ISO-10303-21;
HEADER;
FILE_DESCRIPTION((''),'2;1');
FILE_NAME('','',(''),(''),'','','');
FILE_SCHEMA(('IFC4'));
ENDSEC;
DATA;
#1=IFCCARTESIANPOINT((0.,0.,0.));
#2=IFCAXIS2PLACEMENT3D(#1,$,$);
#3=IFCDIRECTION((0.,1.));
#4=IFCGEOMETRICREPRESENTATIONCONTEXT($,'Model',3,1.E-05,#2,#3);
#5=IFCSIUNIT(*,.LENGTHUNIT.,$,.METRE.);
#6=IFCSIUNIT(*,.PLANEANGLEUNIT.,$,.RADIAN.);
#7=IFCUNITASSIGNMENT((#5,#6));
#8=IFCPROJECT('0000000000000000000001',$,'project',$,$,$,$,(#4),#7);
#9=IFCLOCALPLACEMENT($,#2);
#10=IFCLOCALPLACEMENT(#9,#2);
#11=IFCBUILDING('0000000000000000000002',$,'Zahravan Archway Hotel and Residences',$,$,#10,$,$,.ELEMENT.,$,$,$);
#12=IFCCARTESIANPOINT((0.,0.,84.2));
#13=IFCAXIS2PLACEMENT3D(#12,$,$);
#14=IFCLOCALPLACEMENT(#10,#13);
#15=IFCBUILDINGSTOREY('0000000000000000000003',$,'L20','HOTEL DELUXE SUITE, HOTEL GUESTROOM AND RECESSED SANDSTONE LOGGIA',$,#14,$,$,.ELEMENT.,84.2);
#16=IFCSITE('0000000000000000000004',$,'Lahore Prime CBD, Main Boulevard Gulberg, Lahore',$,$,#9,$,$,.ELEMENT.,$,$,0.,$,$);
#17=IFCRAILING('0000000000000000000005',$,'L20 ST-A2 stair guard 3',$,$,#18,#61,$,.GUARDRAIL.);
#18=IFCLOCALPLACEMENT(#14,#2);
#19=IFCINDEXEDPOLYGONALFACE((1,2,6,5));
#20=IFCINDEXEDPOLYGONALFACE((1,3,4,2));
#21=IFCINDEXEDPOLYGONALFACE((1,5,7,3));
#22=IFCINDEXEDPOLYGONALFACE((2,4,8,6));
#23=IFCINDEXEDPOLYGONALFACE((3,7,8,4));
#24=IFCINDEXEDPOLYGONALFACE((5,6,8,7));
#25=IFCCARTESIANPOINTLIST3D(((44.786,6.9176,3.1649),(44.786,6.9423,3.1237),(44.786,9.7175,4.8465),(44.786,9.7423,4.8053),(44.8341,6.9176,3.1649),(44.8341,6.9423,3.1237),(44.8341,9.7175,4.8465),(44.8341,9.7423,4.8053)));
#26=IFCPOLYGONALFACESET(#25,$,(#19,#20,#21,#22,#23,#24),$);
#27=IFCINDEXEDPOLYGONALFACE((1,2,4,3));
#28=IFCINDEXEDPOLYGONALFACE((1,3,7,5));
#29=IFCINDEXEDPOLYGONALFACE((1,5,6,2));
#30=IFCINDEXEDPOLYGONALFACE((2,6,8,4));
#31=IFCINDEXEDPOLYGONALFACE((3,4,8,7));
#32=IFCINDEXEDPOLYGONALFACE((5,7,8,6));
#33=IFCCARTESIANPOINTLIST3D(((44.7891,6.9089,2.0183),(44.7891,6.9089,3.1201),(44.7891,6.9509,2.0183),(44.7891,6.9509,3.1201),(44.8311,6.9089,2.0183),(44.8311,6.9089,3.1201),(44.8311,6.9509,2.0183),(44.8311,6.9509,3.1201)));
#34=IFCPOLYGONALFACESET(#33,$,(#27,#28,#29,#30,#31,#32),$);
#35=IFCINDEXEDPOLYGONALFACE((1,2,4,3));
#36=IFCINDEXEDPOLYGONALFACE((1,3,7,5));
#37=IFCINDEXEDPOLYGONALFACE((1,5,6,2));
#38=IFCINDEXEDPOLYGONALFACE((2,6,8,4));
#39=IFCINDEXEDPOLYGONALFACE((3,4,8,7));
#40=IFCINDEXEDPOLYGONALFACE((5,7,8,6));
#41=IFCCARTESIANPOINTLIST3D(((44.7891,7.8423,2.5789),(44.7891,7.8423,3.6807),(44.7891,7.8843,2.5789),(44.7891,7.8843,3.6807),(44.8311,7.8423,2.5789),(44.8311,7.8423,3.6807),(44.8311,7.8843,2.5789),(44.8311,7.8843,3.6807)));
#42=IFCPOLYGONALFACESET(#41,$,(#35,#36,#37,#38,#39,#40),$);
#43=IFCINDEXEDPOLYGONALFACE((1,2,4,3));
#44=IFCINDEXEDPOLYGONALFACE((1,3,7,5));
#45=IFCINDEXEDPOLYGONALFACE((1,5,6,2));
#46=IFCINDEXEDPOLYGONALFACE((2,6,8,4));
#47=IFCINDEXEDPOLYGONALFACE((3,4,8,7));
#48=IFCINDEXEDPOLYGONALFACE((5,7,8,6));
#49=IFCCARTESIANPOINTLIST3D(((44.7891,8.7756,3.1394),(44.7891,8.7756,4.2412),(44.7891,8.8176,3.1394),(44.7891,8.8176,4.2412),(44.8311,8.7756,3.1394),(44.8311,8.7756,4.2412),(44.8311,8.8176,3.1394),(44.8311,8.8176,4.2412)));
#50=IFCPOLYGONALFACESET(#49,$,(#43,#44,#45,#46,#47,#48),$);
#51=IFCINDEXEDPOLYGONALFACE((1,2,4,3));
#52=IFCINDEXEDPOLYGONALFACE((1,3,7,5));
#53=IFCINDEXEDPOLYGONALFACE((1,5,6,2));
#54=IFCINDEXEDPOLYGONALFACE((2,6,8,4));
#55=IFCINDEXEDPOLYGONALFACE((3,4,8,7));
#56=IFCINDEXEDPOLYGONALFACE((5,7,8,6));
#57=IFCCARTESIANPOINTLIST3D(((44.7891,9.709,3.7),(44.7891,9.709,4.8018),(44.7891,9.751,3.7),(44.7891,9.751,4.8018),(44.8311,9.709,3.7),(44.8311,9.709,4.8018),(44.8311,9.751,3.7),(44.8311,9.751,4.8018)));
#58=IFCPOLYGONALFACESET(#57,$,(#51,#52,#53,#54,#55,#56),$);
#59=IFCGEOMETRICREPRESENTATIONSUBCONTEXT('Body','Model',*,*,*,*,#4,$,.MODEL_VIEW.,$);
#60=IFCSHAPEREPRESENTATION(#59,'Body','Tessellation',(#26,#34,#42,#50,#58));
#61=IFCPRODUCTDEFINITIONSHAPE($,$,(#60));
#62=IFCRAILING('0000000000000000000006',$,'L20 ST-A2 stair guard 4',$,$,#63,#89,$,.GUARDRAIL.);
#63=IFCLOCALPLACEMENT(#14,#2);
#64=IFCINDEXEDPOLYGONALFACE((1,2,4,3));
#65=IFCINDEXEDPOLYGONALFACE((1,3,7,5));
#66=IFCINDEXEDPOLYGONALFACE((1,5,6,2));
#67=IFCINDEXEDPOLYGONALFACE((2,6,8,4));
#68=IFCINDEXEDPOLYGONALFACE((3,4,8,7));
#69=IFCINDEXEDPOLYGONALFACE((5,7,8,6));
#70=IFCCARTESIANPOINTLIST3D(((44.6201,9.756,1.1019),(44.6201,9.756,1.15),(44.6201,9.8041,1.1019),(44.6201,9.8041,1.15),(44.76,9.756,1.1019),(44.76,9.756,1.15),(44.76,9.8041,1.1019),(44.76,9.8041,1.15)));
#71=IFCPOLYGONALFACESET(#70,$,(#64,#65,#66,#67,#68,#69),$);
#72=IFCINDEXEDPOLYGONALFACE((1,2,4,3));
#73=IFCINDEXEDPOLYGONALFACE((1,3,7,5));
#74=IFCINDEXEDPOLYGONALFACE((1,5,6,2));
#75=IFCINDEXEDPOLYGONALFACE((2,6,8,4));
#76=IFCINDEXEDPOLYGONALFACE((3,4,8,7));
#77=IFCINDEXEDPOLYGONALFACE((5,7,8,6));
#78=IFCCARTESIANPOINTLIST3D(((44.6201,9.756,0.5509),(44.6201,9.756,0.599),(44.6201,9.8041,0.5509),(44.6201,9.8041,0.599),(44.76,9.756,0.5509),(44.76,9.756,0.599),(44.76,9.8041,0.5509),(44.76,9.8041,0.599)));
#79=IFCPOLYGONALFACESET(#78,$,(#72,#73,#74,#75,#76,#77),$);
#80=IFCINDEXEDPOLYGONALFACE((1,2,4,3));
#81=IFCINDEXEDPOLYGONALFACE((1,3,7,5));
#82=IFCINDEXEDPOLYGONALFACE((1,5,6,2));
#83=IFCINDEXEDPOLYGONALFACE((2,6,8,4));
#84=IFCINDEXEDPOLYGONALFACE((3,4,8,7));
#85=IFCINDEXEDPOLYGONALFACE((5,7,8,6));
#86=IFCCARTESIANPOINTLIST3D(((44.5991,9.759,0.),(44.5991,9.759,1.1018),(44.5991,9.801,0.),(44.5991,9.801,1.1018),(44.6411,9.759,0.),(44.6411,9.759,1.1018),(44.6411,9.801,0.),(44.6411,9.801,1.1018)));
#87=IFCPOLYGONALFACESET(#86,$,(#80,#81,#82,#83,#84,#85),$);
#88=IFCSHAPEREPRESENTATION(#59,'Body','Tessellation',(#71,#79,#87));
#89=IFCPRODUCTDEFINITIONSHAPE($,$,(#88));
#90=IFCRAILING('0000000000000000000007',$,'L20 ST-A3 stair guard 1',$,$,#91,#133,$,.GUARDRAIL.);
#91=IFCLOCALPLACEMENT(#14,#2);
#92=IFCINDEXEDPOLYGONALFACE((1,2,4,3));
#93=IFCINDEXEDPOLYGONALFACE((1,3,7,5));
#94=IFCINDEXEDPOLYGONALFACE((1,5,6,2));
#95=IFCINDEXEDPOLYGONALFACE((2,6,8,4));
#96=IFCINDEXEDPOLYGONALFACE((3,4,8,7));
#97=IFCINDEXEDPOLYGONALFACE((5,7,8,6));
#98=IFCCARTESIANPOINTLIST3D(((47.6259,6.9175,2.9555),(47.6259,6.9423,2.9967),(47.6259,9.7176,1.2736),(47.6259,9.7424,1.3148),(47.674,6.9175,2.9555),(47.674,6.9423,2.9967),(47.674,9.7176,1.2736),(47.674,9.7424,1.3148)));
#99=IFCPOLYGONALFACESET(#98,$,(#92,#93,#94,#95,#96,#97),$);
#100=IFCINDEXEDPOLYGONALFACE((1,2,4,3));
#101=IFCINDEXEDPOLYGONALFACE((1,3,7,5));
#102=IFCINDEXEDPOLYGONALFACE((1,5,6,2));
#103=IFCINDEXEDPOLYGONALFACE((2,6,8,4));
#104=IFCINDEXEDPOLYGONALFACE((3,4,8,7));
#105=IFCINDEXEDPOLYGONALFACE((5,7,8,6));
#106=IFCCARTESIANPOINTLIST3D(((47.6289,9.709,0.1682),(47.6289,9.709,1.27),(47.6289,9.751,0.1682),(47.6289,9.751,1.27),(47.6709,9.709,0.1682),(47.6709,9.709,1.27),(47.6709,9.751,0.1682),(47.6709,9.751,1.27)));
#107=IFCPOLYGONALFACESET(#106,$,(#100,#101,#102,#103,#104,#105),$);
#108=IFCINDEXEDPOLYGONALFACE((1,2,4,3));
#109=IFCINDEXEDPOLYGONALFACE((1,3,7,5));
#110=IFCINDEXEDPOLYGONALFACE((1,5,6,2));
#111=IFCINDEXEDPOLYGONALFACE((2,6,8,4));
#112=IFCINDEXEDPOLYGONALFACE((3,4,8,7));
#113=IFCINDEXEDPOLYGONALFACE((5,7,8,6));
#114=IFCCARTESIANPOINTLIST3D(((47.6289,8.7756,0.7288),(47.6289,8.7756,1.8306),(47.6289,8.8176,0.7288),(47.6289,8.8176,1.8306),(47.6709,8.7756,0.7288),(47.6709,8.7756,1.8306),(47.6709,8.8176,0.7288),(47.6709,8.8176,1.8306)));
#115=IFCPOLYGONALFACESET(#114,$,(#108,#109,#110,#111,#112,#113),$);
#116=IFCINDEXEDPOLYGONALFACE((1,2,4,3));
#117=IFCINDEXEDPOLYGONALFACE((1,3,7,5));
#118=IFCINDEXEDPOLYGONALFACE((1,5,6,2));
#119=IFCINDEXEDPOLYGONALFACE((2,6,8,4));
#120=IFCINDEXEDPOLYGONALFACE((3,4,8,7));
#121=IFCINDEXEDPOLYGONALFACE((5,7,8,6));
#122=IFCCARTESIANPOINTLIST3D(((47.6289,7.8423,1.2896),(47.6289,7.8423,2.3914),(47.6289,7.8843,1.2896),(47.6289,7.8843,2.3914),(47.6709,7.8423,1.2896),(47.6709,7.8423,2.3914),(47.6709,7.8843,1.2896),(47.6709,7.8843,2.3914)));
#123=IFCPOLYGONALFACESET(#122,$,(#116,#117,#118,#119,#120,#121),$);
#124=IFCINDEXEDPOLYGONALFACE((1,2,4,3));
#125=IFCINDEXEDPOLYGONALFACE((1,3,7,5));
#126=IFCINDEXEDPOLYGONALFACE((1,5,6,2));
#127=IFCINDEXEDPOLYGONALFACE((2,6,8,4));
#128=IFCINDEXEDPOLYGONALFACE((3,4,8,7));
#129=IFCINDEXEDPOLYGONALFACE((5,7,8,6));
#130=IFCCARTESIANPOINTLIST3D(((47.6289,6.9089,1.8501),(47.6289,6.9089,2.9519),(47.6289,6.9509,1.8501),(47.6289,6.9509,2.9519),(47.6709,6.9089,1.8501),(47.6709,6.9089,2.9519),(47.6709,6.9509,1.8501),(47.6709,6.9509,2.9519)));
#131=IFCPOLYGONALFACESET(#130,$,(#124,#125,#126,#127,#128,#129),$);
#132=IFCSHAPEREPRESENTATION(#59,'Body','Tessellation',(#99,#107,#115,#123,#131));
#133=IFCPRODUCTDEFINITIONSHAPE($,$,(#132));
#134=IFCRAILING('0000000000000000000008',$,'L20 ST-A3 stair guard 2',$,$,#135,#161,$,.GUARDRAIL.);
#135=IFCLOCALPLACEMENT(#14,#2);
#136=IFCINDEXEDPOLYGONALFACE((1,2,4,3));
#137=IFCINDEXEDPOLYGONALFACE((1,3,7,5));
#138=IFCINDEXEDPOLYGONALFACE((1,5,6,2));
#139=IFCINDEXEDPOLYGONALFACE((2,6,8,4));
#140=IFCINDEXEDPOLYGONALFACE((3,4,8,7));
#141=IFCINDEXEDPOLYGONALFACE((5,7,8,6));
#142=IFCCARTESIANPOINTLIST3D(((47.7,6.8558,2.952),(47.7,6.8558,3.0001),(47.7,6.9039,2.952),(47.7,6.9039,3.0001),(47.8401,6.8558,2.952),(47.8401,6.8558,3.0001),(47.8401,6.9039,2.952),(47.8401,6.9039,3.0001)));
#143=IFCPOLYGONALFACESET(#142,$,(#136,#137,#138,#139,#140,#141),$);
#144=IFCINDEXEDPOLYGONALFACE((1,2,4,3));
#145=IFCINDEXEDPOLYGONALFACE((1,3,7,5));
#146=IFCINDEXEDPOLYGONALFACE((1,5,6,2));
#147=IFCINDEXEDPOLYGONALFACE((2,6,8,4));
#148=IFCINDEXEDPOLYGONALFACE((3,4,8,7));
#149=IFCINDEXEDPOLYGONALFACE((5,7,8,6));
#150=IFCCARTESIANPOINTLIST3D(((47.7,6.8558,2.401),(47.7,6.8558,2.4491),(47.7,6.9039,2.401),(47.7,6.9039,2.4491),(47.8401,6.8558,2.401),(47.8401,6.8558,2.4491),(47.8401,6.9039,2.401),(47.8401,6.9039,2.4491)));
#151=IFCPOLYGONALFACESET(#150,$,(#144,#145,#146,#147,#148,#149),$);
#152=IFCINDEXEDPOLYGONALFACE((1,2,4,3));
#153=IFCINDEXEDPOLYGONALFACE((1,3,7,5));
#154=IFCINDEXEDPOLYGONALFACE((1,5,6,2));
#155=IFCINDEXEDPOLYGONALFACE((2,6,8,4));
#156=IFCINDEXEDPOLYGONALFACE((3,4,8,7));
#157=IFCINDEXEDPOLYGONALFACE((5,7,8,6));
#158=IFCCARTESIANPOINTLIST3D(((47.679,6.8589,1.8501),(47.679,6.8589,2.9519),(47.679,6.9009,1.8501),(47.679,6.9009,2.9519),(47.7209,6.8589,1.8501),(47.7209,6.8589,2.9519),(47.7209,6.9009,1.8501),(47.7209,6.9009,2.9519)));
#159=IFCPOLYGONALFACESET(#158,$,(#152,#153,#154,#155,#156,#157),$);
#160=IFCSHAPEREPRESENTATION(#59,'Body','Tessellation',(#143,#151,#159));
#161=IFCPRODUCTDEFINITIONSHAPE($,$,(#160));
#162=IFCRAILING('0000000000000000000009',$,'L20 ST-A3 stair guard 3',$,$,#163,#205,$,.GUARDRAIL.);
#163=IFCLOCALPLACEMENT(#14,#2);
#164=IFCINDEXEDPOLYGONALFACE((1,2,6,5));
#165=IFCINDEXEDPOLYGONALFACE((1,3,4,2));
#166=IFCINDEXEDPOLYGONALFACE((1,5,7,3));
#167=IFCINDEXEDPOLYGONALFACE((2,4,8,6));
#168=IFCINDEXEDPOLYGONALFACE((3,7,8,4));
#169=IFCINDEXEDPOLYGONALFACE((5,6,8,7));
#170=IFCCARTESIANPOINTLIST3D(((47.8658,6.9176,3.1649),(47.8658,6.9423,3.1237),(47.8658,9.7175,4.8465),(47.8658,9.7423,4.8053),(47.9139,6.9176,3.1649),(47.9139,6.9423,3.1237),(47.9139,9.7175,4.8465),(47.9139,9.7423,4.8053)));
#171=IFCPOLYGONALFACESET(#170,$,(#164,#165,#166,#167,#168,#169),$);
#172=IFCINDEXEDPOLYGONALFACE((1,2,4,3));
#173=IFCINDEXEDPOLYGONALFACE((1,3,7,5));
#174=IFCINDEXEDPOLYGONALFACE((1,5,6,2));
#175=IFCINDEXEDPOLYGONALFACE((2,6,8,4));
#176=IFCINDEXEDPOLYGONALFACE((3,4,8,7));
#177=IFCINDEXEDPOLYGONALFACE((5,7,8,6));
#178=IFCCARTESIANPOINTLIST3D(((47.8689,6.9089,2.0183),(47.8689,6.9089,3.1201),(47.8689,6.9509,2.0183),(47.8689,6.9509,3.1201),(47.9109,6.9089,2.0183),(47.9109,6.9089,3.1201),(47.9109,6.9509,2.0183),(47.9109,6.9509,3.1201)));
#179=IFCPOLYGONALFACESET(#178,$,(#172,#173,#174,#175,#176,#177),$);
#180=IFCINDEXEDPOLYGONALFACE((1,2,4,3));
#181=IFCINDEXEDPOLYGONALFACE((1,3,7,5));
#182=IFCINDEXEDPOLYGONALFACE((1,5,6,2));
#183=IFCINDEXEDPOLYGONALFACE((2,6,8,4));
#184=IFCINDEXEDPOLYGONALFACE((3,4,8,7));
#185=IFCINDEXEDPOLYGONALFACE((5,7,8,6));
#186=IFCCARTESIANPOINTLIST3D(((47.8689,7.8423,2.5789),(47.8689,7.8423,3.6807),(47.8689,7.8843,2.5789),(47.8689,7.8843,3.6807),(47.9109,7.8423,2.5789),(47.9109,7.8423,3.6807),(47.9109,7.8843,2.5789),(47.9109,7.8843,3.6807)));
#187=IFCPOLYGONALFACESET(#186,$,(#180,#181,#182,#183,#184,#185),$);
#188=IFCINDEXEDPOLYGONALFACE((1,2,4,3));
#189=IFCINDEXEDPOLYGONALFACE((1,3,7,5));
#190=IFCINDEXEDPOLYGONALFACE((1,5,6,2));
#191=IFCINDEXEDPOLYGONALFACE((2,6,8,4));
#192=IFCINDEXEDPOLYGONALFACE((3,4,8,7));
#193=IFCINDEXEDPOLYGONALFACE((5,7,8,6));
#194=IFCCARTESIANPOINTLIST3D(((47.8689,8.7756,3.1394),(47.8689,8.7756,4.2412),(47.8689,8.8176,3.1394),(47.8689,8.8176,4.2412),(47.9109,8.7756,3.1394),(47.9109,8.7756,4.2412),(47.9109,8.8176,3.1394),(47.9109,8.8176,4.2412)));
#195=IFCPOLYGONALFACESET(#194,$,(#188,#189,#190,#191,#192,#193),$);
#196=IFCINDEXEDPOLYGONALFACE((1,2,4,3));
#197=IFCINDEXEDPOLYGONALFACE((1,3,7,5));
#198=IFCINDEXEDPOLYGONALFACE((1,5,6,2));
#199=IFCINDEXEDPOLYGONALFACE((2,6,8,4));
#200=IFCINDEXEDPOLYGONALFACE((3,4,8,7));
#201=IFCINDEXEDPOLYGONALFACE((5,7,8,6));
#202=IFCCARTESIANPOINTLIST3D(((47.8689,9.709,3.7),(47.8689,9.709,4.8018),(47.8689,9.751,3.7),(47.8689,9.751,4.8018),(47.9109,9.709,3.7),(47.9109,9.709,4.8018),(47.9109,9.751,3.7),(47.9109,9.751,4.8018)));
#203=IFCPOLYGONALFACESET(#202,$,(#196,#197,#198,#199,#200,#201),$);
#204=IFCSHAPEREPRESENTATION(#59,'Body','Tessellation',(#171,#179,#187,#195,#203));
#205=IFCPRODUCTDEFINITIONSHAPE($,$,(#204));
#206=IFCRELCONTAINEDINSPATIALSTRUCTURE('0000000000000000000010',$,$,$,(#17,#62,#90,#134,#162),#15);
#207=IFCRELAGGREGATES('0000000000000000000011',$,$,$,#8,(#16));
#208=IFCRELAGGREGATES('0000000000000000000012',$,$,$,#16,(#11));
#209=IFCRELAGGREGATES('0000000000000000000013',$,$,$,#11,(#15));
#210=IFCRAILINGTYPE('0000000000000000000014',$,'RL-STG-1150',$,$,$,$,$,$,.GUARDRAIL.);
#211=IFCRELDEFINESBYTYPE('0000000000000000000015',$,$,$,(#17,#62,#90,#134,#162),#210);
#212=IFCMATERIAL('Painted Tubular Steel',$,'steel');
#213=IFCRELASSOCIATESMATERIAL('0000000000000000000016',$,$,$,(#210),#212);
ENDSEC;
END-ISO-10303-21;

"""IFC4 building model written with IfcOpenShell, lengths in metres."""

from ifc_helpers import new_model, si_unit, direction, frame, origin, origin_2d, place, context, subcontext, project, spatial, rectangle, extrude, material, type_object, element, save


model = new_model("IFC4")

# Units and contexts
model_context = context("Model", 3, precision=1e-05, world=origin(), true_north=direction((0.0, 1.0)))
body_context = subcontext(model_context, "Body", "Model", "MODEL_VIEW")
ifc_project = project(units=[si_unit("LENGTHUNIT", "METRE"), si_unit("PLANEANGLEUNIT", "RADIAN")], contexts=[model_context])

# Site, building, storey
site_placement = place(None, origin())
site = spatial("IfcSite", under=ifc_project, at=site_placement, Name="Lahore Prime CBD, Main Boulevard Gulberg, Lahore", CompositionType="ELEMENT", RefElevation=0.0)
building_placement = place(site_placement, origin())
building = spatial("IfcBuilding", under=site, at=building_placement, Name="Zahravan Archway Hotel and Residences", CompositionType="ELEMENT")
storey_placement = place(building_placement, frame((0.0, 0.0, 84.2)))
storey = spatial("IfcBuildingStorey", under=building, at=storey_placement, Name="L20", Description="HOTEL DELUXE SUITE, HOTEL GUESTROOM AND RECESSED SANDSTONE LOGGIA", CompositionType="ELEMENT", Elevation=84.2)

# Railings
ifc_material_1 = material(Name="Painted Tubular Steel", Category="steel")
railing_type_1 = type_object("IfcRailingType", Name="RL-STG-1150", PredefinedType="GUARDRAIL", material=ifc_material_1)
railing_1_placement = place(storey_placement, frame((44.8101, 6.9299, 2.0183)))
element("IfcRailing", 1, at=railing_1_placement, inside=storey, type_object=railing_type_1, Name="L20 ST-A2 stair guard 3", PredefinedType="GUARDRAIL", context=body_context, shape_type="SweptSolid", body=[
    extrude(rectangle(XDim=0.0481, YDim=0.0481, at=origin_2d()), frame((0.0, 0.0, 1.126), z_axis=(0.0, 0.857275, 0.514858), x_axis=(-1.0, 0.0, 0.0)), (0.0, 0.0, 1.0), 3.2661),
    extrude(rectangle(XDim=0.042, YDim=0.042, at=origin_2d()), origin(), (0.0, 0.0, 1.0), 1.1018),
    extrude(rectangle(XDim=0.042, YDim=0.042, at=origin_2d()), frame((0.0, 0.9333, 0.5605)), (0.0, 0.0, 1.0), 1.1018),
    extrude(rectangle(XDim=0.042, YDim=0.042, at=origin_2d()), frame((0.0, 1.8667, 1.1211)), (0.0, 0.0, 1.0), 1.1018),
    extrude(rectangle(XDim=0.042, YDim=0.042, at=origin_2d()), frame((0.0, 2.8, 1.6816)), (0.0, 0.0, 1.0), 1.1018),
])
railing_2_placement = place(storey_placement, frame((44.6201, 9.78, 0.0)))
element("IfcRailing", 2, at=railing_2_placement, inside=storey, type_object=railing_type_1, Name="L20 ST-A2 stair guard 4", PredefinedType="GUARDRAIL", context=body_context, shape_type="SweptSolid", body=[
    extrude(rectangle(XDim=0.0481, YDim=0.0481, at=origin_2d()), frame((0.0, 0.0, 1.126), z_axis=(1.0, 0.0, 0.0), x_axis=(0.0, 1.0, 0.0)), (0.0, 0.0, 1.0), 0.1399),
    extrude(rectangle(XDim=0.0481, YDim=0.0481, at=origin_2d()), frame((0.0, 0.0, 0.575), z_axis=(1.0, 0.0, 0.0), x_axis=(0.0, 1.0, 0.0)), (0.0, 0.0, 1.0), 0.1399),
    extrude(rectangle(XDim=0.042, YDim=0.042, at=origin_2d()), origin(), (0.0, 0.0, 1.0), 1.1018),
])
railing_3_placement = place(storey_placement, frame((47.6499, 9.73, 0.1682)))
element("IfcRailing", 3, at=railing_3_placement, inside=storey, type_object=railing_type_1, Name="L20 ST-A3 stair guard 1", PredefinedType="GUARDRAIL", context=body_context, shape_type="SweptSolid", body=[
    extrude(rectangle(XDim=0.0481, YDim=0.0481, at=origin_2d()), frame((0.0, 0.0, 1.126), z_axis=(0.0, -0.857242, 0.514913), x_axis=(1.0, 0.0, 0.0)), (0.0, 0.0, 1.0), 3.2664),
    extrude(rectangle(XDim=0.042, YDim=0.042, at=origin_2d()), origin(), (0.0, 0.0, 1.0), 1.1018),
    extrude(rectangle(XDim=0.042, YDim=0.042, at=origin_2d()), frame((0.0, -0.9333, 0.5605)), (0.0, 0.0, 1.0), 1.1018),
    extrude(rectangle(XDim=0.042, YDim=0.042, at=origin_2d()), frame((0.0, -1.8667, 1.1213)), (0.0, 0.0, 1.0), 1.1018),
    extrude(rectangle(XDim=0.042, YDim=0.042, at=origin_2d()), frame((0.0, -2.8, 1.6819)), (0.0, 0.0, 1.0), 1.1018),
])
railing_4_placement = place(storey_placement, frame((47.7, 6.8799, 1.8501)))
element("IfcRailing", 4, at=railing_4_placement, inside=storey, type_object=railing_type_1, Name="L20 ST-A3 stair guard 2", PredefinedType="GUARDRAIL", context=body_context, shape_type="SweptSolid", body=[
    extrude(rectangle(XDim=0.0481, YDim=0.0481, at=origin_2d()), frame((0.0, 0.0, 1.126), z_axis=(1.0, 0.0, 0.0), x_axis=(0.0, 1.0, 0.0)), (0.0, 0.0, 1.0), 0.1401),
    extrude(rectangle(XDim=0.0481, YDim=0.0481, at=origin_2d()), frame((0.0, 0.0, 0.575), z_axis=(1.0, 0.0, 0.0), x_axis=(0.0, 1.0, 0.0)), (0.0, 0.0, 1.0), 0.1401),
    extrude(rectangle(XDim=0.042, YDim=0.042, at=origin_2d()), origin(), (0.0, 0.0, 1.0), 1.1018),
])
railing_5_placement = place(storey_placement, frame((47.8899, 6.9299, 2.0183)))
element("IfcRailing", 5, at=railing_5_placement, inside=storey, type_object=railing_type_1, Name="L20 ST-A3 stair guard 3", PredefinedType="GUARDRAIL", context=body_context, shape_type="SweptSolid", body=[
    extrude(rectangle(XDim=0.0481, YDim=0.0481, at=origin_2d()), frame((0.0, 0.0, 1.126), z_axis=(0.0, 0.857275, 0.514858), x_axis=(-1.0, 0.0, 0.0)), (0.0, 0.0, 1.0), 3.2661),
    extrude(rectangle(XDim=0.042, YDim=0.042, at=origin_2d()), origin(), (0.0, 0.0, 1.0), 1.1018),
    extrude(rectangle(XDim=0.042, YDim=0.042, at=origin_2d()), frame((0.0, 0.9333, 0.5605)), (0.0, 0.0, 1.0), 1.1018),
    extrude(rectangle(XDim=0.042, YDim=0.042, at=origin_2d()), frame((0.0, 1.8667, 1.1211)), (0.0, 0.0, 1.0), 1.1018),
    extrude(rectangle(XDim=0.042, YDim=0.042, at=origin_2d()), frame((0.0, 2.8, 1.6816)), (0.0, 0.0, 1.0), 1.1018),
])

save(model, "model.ifc")
